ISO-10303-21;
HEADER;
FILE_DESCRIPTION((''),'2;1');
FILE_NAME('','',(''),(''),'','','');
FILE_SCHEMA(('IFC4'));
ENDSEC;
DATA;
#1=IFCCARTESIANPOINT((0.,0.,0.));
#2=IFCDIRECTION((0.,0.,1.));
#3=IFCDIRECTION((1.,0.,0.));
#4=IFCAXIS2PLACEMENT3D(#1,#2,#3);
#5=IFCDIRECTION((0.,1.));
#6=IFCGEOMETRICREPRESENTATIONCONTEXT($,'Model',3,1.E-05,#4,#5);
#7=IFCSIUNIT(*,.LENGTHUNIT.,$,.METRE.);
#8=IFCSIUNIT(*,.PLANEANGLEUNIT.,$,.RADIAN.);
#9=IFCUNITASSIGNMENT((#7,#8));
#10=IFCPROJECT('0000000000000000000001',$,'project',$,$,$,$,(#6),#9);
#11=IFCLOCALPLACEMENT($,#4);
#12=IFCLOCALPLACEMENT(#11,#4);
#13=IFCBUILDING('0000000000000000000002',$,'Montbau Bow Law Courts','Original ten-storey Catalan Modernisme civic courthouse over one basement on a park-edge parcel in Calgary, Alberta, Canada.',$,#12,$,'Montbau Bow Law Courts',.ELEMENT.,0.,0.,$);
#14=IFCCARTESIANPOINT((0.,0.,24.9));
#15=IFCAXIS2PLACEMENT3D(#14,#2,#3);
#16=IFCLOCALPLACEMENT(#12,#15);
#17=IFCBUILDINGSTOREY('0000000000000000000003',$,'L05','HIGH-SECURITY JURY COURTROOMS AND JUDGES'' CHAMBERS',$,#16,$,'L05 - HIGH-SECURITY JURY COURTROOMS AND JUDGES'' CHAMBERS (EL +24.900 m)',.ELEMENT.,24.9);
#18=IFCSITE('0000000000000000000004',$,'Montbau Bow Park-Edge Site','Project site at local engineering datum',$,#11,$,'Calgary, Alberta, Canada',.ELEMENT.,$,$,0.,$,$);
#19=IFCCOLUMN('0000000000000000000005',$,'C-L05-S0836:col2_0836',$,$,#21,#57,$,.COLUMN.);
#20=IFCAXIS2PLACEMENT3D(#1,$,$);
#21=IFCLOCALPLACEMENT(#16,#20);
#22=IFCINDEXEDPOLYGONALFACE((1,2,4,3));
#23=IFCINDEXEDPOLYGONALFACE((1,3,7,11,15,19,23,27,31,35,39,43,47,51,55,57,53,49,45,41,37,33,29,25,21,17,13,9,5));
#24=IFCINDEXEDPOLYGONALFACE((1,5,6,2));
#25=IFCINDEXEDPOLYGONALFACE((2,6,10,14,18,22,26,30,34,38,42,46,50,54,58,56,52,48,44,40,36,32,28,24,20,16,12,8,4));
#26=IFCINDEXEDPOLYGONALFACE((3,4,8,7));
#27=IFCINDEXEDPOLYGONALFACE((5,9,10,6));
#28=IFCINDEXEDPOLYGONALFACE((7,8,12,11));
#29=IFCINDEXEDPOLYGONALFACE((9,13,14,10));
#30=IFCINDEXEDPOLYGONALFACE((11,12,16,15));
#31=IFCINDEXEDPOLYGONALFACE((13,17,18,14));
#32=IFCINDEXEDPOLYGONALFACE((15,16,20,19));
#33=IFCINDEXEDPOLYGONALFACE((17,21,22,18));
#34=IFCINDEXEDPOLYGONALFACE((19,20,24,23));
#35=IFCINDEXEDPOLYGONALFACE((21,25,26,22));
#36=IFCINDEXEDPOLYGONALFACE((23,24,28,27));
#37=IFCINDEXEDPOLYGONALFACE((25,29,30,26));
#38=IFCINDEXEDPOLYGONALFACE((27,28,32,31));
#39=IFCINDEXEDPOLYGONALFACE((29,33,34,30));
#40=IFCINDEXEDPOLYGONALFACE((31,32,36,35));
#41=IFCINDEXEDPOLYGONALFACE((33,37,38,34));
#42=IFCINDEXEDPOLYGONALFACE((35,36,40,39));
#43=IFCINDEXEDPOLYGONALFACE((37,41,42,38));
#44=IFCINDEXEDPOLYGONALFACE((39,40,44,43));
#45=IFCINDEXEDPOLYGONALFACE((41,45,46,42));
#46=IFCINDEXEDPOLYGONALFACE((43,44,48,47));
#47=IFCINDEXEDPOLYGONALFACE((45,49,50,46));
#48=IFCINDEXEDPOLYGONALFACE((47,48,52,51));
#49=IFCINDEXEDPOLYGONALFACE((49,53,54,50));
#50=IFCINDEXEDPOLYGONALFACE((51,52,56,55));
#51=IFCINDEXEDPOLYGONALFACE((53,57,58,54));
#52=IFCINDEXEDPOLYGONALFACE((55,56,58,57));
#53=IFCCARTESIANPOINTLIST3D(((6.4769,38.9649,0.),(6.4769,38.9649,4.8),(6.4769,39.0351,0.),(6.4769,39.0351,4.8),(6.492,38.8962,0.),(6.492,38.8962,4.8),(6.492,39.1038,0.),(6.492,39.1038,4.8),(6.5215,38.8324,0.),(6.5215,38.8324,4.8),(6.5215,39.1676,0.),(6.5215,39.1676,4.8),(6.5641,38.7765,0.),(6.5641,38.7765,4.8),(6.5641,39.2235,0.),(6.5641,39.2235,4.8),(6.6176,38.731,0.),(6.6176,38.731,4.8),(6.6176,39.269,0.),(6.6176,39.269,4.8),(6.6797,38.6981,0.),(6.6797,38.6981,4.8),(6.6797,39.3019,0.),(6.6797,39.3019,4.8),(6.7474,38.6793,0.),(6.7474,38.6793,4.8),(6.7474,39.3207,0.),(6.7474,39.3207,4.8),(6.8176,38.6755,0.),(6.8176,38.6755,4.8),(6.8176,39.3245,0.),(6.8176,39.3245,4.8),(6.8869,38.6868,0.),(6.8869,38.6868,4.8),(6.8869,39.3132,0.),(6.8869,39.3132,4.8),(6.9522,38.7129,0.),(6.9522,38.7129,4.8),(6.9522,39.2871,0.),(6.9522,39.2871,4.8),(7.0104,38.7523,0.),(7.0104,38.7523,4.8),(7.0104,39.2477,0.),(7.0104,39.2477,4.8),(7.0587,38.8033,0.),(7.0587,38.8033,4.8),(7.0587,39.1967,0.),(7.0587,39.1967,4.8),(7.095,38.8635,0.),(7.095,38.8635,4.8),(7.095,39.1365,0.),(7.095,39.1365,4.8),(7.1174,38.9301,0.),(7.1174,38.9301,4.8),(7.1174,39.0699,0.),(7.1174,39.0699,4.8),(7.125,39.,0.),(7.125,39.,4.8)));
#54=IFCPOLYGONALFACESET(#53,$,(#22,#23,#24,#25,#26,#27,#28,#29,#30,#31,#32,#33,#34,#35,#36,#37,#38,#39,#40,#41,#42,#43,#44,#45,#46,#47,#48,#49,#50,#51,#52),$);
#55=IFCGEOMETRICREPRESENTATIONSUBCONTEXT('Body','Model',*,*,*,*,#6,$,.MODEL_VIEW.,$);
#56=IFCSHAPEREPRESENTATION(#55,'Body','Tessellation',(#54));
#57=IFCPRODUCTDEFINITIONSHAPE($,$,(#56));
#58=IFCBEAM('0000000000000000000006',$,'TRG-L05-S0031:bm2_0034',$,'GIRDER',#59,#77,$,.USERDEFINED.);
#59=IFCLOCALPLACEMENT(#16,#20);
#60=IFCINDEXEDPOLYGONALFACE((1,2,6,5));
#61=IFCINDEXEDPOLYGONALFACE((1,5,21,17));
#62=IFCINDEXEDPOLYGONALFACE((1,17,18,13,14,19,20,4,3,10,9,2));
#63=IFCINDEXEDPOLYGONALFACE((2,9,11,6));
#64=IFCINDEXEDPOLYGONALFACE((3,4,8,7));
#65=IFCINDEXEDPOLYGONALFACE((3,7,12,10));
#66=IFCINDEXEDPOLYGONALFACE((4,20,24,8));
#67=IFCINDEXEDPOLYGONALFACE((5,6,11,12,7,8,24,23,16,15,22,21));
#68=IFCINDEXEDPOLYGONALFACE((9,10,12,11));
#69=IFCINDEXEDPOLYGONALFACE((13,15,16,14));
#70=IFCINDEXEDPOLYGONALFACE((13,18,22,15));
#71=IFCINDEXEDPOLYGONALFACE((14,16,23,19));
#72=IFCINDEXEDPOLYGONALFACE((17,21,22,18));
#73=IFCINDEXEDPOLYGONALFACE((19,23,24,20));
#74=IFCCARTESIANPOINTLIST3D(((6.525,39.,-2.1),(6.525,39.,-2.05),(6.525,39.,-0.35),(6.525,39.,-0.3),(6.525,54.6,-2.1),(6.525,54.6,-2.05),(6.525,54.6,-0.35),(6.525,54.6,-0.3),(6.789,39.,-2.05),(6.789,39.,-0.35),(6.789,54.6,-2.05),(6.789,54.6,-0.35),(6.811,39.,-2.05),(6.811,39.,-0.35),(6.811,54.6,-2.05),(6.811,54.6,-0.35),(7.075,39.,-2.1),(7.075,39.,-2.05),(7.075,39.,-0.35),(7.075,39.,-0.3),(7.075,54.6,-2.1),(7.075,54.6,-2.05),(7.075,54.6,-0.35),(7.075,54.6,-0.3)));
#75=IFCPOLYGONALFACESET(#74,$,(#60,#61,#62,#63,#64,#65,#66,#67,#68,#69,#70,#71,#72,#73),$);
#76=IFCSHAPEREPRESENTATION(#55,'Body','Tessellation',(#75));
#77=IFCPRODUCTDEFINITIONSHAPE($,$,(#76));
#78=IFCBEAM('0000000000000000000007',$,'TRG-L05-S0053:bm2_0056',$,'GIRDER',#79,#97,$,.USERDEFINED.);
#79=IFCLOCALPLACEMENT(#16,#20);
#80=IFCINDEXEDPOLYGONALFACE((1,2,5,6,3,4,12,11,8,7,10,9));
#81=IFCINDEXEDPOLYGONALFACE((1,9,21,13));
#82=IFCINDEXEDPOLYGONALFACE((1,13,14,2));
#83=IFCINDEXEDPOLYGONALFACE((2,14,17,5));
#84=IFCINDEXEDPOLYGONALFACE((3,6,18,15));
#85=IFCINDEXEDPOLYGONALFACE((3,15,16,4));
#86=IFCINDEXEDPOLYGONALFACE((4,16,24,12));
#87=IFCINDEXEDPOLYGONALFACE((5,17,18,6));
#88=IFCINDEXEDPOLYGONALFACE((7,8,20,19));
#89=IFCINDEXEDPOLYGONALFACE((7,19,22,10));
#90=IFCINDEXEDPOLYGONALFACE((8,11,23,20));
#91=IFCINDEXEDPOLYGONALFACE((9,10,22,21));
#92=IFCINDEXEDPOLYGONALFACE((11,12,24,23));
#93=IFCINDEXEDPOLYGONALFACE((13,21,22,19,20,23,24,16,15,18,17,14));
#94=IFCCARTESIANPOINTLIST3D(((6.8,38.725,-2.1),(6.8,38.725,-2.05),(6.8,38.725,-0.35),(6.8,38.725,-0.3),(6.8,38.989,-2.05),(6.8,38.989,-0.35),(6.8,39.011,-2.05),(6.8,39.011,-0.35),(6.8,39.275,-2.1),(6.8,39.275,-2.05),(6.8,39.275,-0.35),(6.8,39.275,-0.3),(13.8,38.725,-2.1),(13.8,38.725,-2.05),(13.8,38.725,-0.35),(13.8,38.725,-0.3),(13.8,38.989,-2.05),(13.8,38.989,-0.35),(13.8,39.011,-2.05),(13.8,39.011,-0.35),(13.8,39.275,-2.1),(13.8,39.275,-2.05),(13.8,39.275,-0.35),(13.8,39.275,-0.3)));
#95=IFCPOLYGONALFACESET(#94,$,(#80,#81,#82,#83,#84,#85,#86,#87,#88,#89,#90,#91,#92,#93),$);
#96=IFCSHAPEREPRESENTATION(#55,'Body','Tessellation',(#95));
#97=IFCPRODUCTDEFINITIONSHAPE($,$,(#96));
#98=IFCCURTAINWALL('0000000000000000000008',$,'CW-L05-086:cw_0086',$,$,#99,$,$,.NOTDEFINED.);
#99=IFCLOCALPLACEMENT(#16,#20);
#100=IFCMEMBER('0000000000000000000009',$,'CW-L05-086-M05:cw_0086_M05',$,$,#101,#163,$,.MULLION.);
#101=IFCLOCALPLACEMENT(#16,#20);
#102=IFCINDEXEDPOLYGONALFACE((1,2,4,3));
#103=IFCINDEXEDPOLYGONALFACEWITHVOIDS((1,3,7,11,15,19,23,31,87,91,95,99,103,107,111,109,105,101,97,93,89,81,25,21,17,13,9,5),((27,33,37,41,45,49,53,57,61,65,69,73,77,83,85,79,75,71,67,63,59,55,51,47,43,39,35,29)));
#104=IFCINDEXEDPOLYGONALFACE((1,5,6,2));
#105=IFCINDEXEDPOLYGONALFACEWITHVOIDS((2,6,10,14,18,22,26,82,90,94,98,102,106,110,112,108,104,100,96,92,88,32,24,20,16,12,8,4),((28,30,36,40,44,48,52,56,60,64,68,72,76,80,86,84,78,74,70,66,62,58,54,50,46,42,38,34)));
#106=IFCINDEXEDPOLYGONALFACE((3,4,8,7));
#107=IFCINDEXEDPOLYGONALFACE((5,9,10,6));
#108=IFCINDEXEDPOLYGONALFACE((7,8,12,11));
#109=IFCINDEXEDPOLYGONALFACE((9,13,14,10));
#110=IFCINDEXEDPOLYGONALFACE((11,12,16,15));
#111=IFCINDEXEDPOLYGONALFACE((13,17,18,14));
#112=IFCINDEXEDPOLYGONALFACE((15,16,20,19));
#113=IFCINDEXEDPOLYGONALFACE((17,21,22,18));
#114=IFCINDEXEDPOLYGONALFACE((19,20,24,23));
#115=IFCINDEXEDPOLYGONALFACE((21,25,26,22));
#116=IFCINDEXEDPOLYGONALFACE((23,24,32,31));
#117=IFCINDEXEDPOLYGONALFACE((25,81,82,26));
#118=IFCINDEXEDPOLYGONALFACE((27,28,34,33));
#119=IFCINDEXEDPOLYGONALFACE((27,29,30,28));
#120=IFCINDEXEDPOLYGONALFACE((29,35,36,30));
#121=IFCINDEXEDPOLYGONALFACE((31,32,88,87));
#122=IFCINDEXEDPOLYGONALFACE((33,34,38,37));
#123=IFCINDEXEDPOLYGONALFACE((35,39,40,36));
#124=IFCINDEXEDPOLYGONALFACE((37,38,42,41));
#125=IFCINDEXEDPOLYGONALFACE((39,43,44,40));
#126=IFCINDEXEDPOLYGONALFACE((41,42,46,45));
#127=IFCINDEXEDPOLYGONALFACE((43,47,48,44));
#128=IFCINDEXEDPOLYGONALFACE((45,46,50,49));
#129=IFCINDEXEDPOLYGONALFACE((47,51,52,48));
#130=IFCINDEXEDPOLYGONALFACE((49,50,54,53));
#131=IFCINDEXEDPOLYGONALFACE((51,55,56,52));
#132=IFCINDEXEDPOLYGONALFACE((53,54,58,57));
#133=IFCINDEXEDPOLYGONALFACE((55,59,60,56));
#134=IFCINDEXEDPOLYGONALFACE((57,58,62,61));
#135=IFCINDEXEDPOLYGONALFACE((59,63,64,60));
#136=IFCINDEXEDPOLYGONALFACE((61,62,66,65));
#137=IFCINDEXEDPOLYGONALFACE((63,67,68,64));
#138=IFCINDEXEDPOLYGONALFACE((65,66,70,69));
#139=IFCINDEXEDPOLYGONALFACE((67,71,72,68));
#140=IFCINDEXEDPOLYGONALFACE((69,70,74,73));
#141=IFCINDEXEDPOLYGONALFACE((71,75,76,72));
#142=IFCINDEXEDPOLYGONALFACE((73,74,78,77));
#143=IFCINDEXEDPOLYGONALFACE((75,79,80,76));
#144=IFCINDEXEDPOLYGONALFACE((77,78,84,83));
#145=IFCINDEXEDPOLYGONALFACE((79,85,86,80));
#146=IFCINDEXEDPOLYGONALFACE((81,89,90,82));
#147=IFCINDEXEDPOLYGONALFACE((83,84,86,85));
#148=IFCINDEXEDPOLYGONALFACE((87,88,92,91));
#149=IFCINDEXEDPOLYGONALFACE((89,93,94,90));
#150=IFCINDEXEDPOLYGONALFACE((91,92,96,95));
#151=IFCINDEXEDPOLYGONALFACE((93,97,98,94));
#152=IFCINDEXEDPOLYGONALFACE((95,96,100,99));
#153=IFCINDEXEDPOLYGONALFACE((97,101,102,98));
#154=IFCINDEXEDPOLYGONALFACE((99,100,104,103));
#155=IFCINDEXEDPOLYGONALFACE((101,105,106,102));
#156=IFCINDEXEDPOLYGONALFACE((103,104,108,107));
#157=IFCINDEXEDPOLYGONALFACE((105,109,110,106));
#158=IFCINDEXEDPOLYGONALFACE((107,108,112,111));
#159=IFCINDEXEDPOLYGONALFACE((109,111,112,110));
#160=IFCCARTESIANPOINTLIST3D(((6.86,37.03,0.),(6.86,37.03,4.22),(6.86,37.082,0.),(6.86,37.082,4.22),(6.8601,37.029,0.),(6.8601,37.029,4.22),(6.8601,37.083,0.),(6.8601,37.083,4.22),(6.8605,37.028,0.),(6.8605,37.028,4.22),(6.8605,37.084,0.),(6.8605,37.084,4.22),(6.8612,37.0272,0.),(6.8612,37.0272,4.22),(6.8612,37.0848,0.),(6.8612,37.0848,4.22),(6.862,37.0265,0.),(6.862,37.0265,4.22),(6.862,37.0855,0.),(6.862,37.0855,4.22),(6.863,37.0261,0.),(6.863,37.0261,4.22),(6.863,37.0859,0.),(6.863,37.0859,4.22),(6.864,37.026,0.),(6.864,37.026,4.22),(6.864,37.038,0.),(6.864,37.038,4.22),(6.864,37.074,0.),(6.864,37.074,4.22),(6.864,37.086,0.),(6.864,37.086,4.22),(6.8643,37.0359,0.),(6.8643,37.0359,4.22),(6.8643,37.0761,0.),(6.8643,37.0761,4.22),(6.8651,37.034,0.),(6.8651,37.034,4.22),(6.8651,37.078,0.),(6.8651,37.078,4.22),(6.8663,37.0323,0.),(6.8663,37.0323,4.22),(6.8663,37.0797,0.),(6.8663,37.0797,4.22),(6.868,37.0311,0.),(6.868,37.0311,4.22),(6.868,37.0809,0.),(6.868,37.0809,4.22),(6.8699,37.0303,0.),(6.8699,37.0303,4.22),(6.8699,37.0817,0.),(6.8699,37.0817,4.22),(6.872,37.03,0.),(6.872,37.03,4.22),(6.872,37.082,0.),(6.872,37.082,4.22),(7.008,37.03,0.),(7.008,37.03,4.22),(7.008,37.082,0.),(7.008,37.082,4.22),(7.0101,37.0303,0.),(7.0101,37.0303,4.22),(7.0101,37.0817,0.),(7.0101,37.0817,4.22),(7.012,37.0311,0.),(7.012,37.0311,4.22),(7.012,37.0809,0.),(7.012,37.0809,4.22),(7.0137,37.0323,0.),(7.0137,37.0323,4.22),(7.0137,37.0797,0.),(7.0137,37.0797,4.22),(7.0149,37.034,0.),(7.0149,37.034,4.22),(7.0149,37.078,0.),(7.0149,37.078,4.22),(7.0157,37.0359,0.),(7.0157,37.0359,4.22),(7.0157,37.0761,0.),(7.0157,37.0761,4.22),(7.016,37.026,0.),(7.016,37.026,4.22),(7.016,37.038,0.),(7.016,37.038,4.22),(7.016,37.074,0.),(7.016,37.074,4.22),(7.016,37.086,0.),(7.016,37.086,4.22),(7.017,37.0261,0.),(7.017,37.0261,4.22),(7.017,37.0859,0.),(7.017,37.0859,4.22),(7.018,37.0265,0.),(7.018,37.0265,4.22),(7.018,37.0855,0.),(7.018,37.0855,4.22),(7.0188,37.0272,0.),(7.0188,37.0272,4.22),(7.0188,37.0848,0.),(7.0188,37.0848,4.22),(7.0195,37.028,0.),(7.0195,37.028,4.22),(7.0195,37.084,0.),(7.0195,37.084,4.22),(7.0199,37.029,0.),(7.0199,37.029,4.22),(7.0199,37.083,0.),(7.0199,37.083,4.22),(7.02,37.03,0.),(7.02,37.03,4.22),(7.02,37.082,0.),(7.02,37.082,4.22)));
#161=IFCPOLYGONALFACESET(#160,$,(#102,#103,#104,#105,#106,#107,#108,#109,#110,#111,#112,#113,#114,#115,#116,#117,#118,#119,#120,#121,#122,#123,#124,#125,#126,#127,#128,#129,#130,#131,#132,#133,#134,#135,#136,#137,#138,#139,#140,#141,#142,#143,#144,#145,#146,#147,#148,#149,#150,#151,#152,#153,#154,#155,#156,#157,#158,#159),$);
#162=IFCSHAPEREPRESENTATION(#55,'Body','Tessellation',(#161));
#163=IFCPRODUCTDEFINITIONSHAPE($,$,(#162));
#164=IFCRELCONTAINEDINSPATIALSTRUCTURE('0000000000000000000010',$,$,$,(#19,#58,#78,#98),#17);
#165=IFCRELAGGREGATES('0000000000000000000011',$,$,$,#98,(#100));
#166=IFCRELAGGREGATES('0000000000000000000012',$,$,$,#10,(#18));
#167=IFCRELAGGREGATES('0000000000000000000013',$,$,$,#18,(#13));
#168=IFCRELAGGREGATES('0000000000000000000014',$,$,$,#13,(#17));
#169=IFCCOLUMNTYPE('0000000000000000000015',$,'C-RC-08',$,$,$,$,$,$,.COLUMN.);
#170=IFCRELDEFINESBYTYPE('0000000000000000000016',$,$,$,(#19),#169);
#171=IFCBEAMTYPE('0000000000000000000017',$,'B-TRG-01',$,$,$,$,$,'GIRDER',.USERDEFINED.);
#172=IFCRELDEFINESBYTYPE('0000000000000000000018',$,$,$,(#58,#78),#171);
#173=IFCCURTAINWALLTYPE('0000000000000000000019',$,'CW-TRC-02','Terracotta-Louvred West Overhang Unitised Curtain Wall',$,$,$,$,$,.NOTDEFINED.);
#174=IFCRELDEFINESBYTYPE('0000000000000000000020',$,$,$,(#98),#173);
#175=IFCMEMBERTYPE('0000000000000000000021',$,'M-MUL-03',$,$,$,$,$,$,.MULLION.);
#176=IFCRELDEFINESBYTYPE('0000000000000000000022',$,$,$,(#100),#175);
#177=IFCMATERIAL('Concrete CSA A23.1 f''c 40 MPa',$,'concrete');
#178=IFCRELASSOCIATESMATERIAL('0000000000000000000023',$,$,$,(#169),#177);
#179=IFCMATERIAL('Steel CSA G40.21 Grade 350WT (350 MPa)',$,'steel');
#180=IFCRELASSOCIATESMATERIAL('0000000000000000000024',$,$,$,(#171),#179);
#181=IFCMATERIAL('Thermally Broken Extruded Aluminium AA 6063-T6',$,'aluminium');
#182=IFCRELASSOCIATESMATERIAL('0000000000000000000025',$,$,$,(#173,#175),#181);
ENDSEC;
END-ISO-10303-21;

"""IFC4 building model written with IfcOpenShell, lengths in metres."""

from ifc_helpers import new_model, si_unit, direction, frame, origin_with_axes, origin_2d_with_axis, place, context, subcontext, project, spatial, hollow_rectangle, circle, i_section, extrude, material, material_profile, profile_set, type_object, element, aggregate, save


model = new_model("IFC4")

# Units and contexts
model_context = context("Model", 3, precision=1e-05, world=origin_with_axes(), true_north=direction((0.0, 1.0)))
body_context = subcontext(model_context, "Body", "Model", "MODEL_VIEW")
ifc_project = project(units=[si_unit("LENGTHUNIT", "METRE"), si_unit("PLANEANGLEUNIT", "RADIAN")], contexts=[model_context])

# Site, building, storey
site_placement = place(None, origin_with_axes())
site = spatial("IfcSite", under=ifc_project, at=site_placement, Name="Montbau Bow Park-Edge Site", Description="Project site at local engineering datum", LongName="Calgary, Alberta, Canada", CompositionType="ELEMENT", RefElevation=0.0)
building_placement = place(site_placement, origin_with_axes())
building = spatial("IfcBuilding", under=site, at=building_placement, Name="Montbau Bow Law Courts", Description="Original ten-storey Catalan Modernisme civic courthouse over one basement on a park-edge parcel in Calgary, Alberta, Canada.", LongName="Montbau Bow Law Courts", CompositionType="ELEMENT", ElevationOfRefHeight=0.0, ElevationOfTerrain=0.0)
storey_placement = place(building_placement, frame((0.0, 0.0, 24.9), z_axis=(0.0, 0.0, 1.0), x_axis=(1.0, 0.0, 0.0)))
storey = spatial("IfcBuildingStorey", under=building, at=storey_placement, Name="L05", Description="HIGH-SECURITY JURY COURTROOMS AND JUDGES' CHAMBERS", LongName="L05 - HIGH-SECURITY JURY COURTROOMS AND JUDGES' CHAMBERS (EL +24.900 m)", CompositionType="ELEMENT", Elevation=24.9)

# Column
ifc_material_1 = material(Name="Concrete CSA A23.1 f'c 40 MPa", Category="concrete")
ifc_material_profile_1 = material_profile(ifc_material_1, circle(Radius=0.325, at=origin_2d_with_axis()), Name="RC650D", Category="Main", Priority=0)
ifc_profile_set_1 = profile_set([ifc_material_profile_1], Name="Concrete CSA A23.1 f'c 40 MPa")
column_type = type_object("IfcColumnType", Name="C-RC-08", PredefinedType="COLUMN", material=ifc_profile_set_1)
column_placement = place(None, frame((6.8, 39.0, 24.9), z_axis=(0.0, 0.0, 1.0), x_axis=(1.0, 0.0, 0.0)))
element("IfcColumn", 1, at=column_placement, inside=storey, type_object=column_type, Name="C-L05-S0836:col2_0836", PredefinedType="COLUMN", context=body_context, shape_type="SweptSolid", body=[
    extrude(circle(Radius=0.325, at=origin_2d_with_axis()), origin_with_axes(), (0.0, 0.0, 1.0), 4.8),
])

# Beams
ifc_material_2 = material(Name="Steel CSA G40.21 Grade 350WT (350 MPa)", Category="steel")
ifc_material_profile_2 = material_profile(ifc_material_2, i_section(OverallWidth=0.55, OverallDepth=1.8, WebThickness=0.022, FlangeThickness=0.05, at=origin_2d_with_axis()), Name="WWF1800X550", Category="Main", Priority=0)
ifc_profile_set_2 = profile_set([ifc_material_profile_2], Name="Steel CSA G40.21 Grade 350WT (350 MPa)")
beam_type = type_object("IfcBeamType", Name="B-TRG-01", ElementType="GIRDER", PredefinedType="USERDEFINED", material=ifc_profile_set_2)
beam_1_placement = place(None, frame((6.8, 39.0, 23.7), z_axis=(0.0, 1.0, 0.0), x_axis=(-1.0, 0.0, 0.0)))
element("IfcBeam", 2, at=beam_1_placement, inside=storey, type_object=beam_type, Name="TRG-L05-S0031:bm2_0034", ObjectType="GIRDER", PredefinedType="USERDEFINED", context=body_context, shape_type="SweptSolid", body=[
    extrude(i_section(OverallWidth=0.55, OverallDepth=1.8, WebThickness=0.022, FlangeThickness=0.05, at=origin_2d_with_axis()), origin_with_axes(), (0.0, 0.0, 1.0), 15.6),
])
beam_2_placement = place(None, frame((6.8, 39.0, 23.7), z_axis=(1.0, 0.0, 0.0), x_axis=(0.0, 1.0, 0.0)))
element("IfcBeam", 3, at=beam_2_placement, inside=storey, type_object=beam_type, Name="TRG-L05-S0053:bm2_0056", ObjectType="GIRDER", PredefinedType="USERDEFINED", context=body_context, shape_type="SweptSolid", body=[
    extrude(i_section(OverallWidth=0.55, OverallDepth=1.8, WebThickness=0.022, FlangeThickness=0.05, at=origin_2d_with_axis()), origin_with_axes(), (0.0, 0.0, 1.0), 7.0),
])

# Curtain wall, member
ifc_material_3 = material(Name="Thermally Broken Extruded Aluminium AA 6063-T6", Category="aluminium")
curtain_wall_type = type_object("IfcCurtainWallType", Name="CW-TRC-02", Description="Terracotta-Louvred West Overhang Unitised Curtain Wall", PredefinedType="NOTDEFINED", material=ifc_material_3)
curtain_wall_placement = place(None, frame((6.94, 31.04, 24.9), z_axis=(0.0, 0.0, 1.0), x_axis=(1.0, 0.0, 0.0)))
curtain_wall = element("IfcCurtainWall", 4, at=curtain_wall_placement, inside=storey, type_object=curtain_wall_type, Name="CW-L05-086:cw_0086", PredefinedType="NOTDEFINED")
ifc_material_profile_3 = material_profile(ifc_material_3, hollow_rectangle(XDim=0.06, YDim=0.16, WallThickness=0.004, InnerFilletRadius=0.008, OuterFilletRadius=0.004, at=origin_2d_with_axis()), Name="CWM-160X60", Category="Main", Priority=0)
ifc_profile_set_3 = profile_set([ifc_material_profile_3], Name="Thermally Broken Extruded Aluminium AA 6063-T6")
member_type_1 = type_object("IfcMemberType", Name="M-MUL-03", PredefinedType="MULLION", material=ifc_profile_set_3)
member_1_placement = place(None, frame((6.94, 37.056, 24.9), z_axis=(0.0, 0.0, 1.0), x_axis=(0.0, 1.0, 0.0)))
member_1 = element("IfcMember", 5, at=member_1_placement, type_object=member_type_1, Name="CW-L05-086-M05:cw_0086_M05", PredefinedType="MULLION", context=body_context, shape_type="SweptSolid", body=[
    extrude(hollow_rectangle(XDim=0.06, YDim=0.16, WallThickness=0.004, InnerFilletRadius=0.008, OuterFilletRadius=0.004, at=origin_2d_with_axis()), origin_with_axes(), (0.0, 0.0, 1.0), 4.22),
])
aggregate(curtain_wall, [member_1])

save(model, "model.ifc")
